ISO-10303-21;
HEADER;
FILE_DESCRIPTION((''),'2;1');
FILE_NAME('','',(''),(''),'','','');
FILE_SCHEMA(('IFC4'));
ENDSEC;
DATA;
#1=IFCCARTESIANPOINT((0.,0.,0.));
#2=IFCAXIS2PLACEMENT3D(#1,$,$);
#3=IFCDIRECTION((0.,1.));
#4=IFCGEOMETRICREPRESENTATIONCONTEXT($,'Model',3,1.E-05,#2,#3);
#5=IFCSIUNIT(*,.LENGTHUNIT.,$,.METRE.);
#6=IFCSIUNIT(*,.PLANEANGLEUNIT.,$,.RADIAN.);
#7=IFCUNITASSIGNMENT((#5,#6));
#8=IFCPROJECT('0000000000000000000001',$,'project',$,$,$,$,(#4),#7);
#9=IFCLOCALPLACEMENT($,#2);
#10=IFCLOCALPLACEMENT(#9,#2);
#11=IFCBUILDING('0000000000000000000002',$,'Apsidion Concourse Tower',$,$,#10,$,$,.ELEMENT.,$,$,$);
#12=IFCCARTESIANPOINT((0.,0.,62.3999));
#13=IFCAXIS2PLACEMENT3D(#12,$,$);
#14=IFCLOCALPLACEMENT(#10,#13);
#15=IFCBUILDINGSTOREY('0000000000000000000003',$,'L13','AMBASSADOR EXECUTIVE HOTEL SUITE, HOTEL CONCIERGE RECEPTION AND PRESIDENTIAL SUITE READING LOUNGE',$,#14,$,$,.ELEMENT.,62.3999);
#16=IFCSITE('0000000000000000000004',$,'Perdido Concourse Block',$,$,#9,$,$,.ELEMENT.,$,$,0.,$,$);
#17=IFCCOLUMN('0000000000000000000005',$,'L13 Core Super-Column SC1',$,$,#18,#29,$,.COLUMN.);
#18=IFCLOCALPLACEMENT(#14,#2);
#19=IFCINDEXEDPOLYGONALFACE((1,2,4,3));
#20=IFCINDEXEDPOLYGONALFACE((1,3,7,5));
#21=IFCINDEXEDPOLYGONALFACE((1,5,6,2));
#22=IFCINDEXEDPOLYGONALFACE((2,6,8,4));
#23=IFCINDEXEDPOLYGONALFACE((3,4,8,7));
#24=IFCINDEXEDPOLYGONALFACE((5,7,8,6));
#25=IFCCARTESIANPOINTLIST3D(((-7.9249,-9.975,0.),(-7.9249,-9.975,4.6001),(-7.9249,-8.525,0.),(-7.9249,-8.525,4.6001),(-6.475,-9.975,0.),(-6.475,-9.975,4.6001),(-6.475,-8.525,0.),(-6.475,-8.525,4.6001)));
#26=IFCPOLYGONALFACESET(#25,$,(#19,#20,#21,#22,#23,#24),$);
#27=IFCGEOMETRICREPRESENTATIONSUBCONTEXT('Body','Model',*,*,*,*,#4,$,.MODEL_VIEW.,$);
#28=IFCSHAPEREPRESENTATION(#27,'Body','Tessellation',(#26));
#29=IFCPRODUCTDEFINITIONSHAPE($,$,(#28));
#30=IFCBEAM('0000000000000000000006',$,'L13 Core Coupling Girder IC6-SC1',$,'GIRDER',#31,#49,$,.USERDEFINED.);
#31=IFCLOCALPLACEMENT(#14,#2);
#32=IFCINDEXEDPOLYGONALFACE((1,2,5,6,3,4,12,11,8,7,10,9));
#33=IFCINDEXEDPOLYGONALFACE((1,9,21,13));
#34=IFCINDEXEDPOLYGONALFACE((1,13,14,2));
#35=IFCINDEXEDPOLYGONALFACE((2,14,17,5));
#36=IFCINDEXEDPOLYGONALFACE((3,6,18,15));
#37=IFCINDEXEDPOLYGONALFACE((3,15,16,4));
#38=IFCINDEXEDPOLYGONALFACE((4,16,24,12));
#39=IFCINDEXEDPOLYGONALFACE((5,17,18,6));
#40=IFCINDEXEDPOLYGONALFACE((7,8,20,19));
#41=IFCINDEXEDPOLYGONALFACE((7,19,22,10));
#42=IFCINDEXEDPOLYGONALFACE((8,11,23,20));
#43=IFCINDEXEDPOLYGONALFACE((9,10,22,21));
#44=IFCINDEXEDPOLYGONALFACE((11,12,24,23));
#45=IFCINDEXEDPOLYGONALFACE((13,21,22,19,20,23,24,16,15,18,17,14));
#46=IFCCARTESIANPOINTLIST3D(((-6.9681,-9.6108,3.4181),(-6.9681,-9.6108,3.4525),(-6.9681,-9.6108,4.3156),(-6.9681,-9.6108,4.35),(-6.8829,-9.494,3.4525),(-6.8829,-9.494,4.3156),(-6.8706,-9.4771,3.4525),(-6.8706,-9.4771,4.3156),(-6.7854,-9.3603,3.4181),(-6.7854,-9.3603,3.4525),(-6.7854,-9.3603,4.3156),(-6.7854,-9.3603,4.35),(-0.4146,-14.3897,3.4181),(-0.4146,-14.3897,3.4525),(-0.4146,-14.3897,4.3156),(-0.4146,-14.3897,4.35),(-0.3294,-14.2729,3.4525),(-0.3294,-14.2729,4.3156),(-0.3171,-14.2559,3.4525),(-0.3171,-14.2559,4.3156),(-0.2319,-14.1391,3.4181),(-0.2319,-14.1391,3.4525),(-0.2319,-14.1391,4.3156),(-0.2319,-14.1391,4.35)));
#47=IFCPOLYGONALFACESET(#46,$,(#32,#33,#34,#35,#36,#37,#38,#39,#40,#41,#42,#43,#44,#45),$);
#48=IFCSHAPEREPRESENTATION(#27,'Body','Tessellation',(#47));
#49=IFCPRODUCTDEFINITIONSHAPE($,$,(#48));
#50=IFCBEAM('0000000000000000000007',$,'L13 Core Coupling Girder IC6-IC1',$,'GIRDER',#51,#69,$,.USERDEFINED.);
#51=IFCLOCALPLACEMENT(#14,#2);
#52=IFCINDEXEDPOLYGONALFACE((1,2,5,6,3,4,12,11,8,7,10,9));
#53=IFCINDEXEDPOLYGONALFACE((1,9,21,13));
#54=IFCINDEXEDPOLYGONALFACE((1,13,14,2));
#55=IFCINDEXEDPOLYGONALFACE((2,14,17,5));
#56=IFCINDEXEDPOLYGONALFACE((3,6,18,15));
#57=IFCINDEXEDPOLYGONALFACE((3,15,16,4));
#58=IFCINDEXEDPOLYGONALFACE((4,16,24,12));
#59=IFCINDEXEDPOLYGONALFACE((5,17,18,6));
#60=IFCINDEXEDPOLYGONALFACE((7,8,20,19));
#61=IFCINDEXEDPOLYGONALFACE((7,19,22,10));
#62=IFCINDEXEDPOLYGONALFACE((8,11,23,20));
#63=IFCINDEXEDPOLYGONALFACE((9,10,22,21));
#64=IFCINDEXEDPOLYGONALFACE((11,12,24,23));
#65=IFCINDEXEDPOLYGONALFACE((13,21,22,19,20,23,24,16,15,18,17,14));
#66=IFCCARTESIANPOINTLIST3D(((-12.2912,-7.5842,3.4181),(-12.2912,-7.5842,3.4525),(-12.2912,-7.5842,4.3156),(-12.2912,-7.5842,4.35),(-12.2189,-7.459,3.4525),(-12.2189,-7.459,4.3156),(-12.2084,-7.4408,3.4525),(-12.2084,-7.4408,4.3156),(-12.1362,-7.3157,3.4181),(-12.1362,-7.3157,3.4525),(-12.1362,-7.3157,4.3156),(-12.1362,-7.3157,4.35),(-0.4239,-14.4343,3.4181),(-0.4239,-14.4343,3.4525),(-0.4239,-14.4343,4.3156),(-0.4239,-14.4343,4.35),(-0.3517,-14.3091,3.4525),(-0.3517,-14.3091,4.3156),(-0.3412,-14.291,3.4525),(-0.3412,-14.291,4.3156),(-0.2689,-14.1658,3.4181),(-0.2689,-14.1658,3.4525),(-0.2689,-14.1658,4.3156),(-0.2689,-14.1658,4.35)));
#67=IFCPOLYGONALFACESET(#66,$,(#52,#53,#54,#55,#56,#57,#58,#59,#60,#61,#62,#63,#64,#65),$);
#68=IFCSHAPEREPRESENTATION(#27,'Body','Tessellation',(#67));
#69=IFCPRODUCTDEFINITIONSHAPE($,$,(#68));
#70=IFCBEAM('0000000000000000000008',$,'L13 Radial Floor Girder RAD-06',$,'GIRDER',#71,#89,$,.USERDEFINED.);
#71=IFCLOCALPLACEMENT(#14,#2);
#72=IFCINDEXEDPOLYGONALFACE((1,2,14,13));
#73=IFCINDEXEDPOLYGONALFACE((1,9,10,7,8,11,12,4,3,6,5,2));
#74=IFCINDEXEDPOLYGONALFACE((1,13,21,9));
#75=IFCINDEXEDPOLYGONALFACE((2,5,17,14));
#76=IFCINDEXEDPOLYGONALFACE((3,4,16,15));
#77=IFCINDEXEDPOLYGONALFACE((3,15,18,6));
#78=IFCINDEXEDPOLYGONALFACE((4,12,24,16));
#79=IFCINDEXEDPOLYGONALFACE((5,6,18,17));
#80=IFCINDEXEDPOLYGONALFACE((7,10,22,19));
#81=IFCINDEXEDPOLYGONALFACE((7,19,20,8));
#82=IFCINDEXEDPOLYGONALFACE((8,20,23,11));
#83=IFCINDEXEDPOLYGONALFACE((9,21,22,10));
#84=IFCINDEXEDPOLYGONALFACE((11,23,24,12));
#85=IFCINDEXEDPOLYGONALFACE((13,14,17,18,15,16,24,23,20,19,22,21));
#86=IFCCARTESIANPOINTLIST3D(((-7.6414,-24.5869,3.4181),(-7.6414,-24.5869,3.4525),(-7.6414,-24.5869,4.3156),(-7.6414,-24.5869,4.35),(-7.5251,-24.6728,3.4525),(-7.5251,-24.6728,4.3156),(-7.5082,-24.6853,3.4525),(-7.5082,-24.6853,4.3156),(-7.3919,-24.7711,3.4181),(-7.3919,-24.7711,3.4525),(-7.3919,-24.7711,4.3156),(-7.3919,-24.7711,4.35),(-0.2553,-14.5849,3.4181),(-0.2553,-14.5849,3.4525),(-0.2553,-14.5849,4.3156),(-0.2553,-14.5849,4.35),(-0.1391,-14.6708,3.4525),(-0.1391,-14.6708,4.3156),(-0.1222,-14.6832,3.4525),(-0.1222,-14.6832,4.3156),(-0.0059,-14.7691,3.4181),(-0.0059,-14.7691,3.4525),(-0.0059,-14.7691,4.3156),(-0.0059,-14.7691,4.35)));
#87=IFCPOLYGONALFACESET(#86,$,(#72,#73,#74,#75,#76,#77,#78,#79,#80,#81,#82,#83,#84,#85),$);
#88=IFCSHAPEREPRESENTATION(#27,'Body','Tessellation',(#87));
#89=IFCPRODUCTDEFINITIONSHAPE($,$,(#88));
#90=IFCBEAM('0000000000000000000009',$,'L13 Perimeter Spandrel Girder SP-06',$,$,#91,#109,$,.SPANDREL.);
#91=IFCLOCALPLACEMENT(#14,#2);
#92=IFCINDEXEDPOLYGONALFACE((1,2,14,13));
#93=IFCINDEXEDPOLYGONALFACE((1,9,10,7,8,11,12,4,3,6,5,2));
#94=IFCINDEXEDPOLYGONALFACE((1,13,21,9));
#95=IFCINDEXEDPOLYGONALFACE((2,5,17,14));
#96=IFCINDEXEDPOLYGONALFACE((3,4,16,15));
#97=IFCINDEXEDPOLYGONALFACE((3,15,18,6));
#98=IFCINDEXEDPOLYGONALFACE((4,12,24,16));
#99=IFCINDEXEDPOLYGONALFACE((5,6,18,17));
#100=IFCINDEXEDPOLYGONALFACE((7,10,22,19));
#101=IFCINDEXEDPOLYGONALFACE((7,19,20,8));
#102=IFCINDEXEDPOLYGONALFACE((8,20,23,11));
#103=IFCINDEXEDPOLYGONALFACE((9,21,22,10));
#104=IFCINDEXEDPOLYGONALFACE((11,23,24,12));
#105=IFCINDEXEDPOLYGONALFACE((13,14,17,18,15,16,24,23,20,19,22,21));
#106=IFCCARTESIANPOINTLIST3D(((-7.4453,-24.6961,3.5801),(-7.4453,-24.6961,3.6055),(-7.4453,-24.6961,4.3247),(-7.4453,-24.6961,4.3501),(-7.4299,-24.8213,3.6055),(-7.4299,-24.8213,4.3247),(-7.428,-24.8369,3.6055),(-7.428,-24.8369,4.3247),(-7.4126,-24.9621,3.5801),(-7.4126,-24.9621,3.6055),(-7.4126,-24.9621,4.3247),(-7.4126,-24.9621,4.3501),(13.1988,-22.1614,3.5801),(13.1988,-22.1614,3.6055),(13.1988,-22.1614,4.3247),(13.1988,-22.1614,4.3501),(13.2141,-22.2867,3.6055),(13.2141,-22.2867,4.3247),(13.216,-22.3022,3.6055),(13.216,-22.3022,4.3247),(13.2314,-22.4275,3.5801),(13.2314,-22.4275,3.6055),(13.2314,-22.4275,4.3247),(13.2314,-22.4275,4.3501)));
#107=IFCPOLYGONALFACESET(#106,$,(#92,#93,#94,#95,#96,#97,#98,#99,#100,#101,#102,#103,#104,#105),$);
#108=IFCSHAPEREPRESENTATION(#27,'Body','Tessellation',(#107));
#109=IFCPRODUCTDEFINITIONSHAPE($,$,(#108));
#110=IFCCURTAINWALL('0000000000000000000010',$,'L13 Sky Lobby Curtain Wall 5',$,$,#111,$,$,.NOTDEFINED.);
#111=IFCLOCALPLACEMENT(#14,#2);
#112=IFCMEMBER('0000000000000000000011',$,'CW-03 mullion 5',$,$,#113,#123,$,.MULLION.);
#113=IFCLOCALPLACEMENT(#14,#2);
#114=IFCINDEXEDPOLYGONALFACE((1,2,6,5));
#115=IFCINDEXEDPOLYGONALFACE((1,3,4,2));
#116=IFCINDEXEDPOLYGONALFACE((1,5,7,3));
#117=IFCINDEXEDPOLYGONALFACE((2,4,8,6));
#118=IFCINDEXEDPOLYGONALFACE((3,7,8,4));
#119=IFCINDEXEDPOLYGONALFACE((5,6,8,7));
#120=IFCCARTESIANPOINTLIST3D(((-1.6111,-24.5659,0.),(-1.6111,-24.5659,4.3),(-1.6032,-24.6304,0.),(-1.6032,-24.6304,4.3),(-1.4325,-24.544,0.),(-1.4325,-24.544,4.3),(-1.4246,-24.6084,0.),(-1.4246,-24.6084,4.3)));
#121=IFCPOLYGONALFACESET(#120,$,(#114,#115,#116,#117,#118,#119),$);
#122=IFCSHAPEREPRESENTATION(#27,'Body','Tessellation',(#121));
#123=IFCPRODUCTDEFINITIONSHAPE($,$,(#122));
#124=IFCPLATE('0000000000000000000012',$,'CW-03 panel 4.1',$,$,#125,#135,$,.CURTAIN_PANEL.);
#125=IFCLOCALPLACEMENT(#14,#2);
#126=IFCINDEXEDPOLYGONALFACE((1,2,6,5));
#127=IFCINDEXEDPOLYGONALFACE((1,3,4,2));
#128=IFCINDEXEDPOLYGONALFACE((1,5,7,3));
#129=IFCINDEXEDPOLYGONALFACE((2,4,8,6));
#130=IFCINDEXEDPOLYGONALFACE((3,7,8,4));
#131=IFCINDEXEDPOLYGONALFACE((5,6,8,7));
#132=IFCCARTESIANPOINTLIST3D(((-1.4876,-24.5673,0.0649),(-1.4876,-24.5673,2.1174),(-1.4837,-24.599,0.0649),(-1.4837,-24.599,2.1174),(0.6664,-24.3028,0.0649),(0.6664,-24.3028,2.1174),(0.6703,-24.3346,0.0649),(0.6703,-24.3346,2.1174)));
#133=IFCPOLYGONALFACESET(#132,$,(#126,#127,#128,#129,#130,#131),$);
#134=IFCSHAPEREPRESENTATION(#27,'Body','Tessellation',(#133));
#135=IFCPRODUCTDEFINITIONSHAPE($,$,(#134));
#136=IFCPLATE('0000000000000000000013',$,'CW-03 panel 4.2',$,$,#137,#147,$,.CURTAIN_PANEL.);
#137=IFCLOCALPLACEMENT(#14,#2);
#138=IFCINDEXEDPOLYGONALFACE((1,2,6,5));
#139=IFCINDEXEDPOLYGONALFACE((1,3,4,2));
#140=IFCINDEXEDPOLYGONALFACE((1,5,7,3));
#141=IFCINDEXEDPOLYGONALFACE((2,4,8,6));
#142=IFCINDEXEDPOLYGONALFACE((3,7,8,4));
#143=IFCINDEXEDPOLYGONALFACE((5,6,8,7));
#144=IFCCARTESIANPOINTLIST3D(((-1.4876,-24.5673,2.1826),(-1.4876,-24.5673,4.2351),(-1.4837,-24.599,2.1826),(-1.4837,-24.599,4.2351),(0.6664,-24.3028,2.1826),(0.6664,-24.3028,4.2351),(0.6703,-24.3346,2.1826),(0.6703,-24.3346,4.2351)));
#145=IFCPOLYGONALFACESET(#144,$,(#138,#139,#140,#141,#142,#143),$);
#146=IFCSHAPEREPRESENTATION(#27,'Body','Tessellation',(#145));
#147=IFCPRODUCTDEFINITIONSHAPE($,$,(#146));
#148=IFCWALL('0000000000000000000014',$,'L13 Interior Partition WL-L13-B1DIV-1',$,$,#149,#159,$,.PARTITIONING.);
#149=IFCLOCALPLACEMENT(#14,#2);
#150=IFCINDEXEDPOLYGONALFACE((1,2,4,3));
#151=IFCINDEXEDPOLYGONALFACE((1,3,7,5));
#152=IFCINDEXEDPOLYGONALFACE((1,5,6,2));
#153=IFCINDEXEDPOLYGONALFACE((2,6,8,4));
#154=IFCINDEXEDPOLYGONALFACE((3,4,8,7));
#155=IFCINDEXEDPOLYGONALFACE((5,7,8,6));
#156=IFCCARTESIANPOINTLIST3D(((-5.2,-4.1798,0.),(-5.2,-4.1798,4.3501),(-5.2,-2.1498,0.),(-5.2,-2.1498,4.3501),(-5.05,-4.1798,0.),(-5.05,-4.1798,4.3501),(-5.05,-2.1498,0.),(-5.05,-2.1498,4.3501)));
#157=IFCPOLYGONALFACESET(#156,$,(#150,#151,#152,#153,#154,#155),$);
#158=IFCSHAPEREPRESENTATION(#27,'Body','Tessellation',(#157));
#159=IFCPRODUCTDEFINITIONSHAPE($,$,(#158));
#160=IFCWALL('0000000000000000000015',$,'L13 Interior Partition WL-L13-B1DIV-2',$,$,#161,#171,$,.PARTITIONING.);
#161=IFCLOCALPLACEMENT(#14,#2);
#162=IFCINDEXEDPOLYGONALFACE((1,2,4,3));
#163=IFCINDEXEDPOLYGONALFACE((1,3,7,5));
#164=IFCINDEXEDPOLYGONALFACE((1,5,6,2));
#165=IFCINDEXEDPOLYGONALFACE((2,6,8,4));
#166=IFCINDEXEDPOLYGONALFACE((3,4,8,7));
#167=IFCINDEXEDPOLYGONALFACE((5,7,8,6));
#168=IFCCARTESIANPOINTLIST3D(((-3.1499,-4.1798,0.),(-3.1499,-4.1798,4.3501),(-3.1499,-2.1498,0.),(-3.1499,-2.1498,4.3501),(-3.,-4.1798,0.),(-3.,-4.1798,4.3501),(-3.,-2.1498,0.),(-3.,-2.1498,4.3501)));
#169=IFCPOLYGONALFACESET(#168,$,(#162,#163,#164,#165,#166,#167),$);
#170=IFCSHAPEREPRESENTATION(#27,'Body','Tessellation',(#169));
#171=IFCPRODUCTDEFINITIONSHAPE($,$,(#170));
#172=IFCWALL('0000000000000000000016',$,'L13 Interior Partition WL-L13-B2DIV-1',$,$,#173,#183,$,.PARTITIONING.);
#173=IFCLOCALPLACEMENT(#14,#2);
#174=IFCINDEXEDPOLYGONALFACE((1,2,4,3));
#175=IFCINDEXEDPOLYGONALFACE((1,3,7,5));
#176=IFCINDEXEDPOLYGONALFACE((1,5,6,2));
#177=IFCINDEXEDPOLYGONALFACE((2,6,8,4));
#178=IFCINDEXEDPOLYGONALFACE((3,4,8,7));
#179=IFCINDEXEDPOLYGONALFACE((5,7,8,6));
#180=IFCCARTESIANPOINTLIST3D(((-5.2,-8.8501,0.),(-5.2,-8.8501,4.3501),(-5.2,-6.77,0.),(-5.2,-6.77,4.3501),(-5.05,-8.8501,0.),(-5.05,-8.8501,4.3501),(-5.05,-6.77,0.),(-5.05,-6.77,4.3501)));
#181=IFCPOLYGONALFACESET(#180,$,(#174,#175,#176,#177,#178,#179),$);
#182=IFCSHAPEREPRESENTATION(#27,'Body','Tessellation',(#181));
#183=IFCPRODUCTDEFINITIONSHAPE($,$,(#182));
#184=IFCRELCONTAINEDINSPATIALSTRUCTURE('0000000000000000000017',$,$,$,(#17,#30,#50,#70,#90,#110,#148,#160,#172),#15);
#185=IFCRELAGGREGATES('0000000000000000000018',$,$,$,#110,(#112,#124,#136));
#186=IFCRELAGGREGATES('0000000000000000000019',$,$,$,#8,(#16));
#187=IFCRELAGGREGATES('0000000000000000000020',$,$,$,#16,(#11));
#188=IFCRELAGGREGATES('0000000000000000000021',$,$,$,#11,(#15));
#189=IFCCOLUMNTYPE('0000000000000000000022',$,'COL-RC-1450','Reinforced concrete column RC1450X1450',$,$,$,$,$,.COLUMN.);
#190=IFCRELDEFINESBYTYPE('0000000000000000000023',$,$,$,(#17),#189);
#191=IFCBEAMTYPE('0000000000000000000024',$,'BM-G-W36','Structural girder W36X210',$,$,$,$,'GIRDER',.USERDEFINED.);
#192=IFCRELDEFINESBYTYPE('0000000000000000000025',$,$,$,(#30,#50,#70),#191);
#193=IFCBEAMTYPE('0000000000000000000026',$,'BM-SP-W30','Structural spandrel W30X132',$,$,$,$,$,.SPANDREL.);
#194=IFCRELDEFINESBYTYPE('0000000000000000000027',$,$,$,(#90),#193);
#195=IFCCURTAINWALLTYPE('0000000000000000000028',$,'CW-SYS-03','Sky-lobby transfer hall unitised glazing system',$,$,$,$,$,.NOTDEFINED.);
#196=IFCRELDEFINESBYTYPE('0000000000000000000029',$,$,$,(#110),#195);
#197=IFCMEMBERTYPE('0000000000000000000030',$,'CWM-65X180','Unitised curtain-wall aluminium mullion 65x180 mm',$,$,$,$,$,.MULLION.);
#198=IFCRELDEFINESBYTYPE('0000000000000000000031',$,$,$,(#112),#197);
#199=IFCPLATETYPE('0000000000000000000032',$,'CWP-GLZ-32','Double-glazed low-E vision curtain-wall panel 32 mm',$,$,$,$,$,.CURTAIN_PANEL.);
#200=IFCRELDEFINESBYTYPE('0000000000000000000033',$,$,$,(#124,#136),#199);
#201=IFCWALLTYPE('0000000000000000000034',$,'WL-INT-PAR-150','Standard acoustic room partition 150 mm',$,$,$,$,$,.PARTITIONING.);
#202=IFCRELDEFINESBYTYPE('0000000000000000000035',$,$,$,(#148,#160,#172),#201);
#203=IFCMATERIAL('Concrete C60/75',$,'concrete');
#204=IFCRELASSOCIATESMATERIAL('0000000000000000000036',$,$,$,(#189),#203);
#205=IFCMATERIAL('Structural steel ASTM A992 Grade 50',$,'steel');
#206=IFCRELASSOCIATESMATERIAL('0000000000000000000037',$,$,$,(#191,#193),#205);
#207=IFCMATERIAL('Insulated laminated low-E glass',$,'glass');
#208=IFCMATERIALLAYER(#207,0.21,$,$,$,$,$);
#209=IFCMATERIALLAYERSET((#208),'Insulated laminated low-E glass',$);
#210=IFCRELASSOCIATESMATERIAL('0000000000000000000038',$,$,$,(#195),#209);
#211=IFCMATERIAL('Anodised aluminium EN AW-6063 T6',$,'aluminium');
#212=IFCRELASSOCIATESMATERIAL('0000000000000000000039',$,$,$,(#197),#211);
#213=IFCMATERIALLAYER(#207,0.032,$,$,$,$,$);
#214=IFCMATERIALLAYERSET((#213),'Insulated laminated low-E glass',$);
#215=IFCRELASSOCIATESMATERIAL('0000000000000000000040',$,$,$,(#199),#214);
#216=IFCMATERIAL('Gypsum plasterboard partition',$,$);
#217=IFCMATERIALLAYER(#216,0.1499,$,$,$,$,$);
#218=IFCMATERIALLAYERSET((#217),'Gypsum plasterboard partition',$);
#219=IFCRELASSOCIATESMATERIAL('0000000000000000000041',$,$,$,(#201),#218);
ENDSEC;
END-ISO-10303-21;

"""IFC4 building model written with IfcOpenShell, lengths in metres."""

from ifc_helpers import new_model, si_unit, direction, frame, frame_2d, origin, origin_2d, place, context, subcontext, project, spatial, rectangle, i_section, extrude, material, layer, layer_set, material_profile, profile_set, type_object, element, aggregate, save


model = new_model("IFC4")

# Units and contexts
model_context = context("Model", 3, precision=1e-05, world=origin(), true_north=direction((0.0, 1.0)))
body_context = subcontext(model_context, "Body", "Model", "MODEL_VIEW")
ifc_project = project(units=[si_unit("LENGTHUNIT", "METRE"), si_unit("PLANEANGLEUNIT", "RADIAN")], contexts=[model_context])

# Site, building, storey
site_placement = place(None, origin())
site = spatial("IfcSite", under=ifc_project, at=site_placement, Name="Perdido Concourse Block", CompositionType="ELEMENT", RefElevation=0.0)
building_placement = place(site_placement, origin())
building = spatial("IfcBuilding", under=site, at=building_placement, Name="Apsidion Concourse Tower", CompositionType="ELEMENT")
storey_placement = place(building_placement, frame((0.0, 0.0, 62.3999)))
storey = spatial("IfcBuildingStorey", under=building, at=storey_placement, Name="L13", Description="AMBASSADOR EXECUTIVE HOTEL SUITE, HOTEL CONCIERGE RECEPTION AND PRESIDENTIAL SUITE READING LOUNGE", CompositionType="ELEMENT", Elevation=62.3999)

# Column
ifc_material_1 = material(Name="Concrete C60/75", Category="concrete")
ifc_material_profile_1 = material_profile(ifc_material_1, rectangle(XDim=1.45, YDim=1.45, at=origin_2d()), Name="RC 1450x1450")
ifc_profile_set_1 = profile_set([ifc_material_profile_1], Name="Concrete C60/75")
column_type = type_object("IfcColumnType", Name="COL-RC-1450", Description="Reinforced concrete column RC1450X1450", PredefinedType="COLUMN", material=ifc_profile_set_1)
column_placement = place(storey_placement, frame((-7.2, -9.25, 0.0), z_axis=(0.0, 0.0, 1.0), x_axis=(1.0, 0.0, 0.0)))
element("IfcColumn", 1, at=column_placement, inside=storey, type_object=column_type, Name="L13 Core Super-Column SC1", PredefinedType="COLUMN", context=body_context, shape_type="SweptSolid", body=[
    extrude(rectangle(XDim=1.45, YDim=1.45, at=origin_2d()), origin(), (0.0, 0.0, 1.0), 4.6001),
])

# Beams
ifc_material_2 = material(Name="Structural steel ASTM A992 Grade 50", Category="steel")
ifc_material_profile_2 = material_profile(ifc_material_2, i_section(OverallWidth=0.3101, OverallDepth=0.9319, WebThickness=0.021, FlangeThickness=0.0344, at=origin_2d()), Name="W36X210")
ifc_profile_set_2 = profile_set([ifc_material_profile_2], Name="Structural steel ASTM A992 Grade 50")
beam_type_1 = type_object("IfcBeamType", Name="BM-G-W36", Description="Structural girder W36X210", ElementType="GIRDER", PredefinedType="USERDEFINED", material=ifc_profile_set_2)
beam_1_placement = place(storey_placement, frame((-0.3232, -14.2644, 3.884), z_axis=(-0.807993, 0.589191, 0.0), x_axis=(-0.589191, -0.807993, 0.0)))
element("IfcBeam", 2, at=beam_1_placement, inside=storey, type_object=beam_type_1, Name="L13 Core Coupling Girder IC6-SC1", ObjectType="GIRDER", PredefinedType="USERDEFINED", context=body_context, shape_type="SweptSolid", body=[
    extrude(i_section(OverallWidth=0.3101, OverallDepth=0.9319, WebThickness=0.021, FlangeThickness=0.0344, at=origin_2d()), origin(), (0.0, 0.0, 1.0), 8.1108),
])
beam_2_placement = place(storey_placement, frame((-0.3464, -14.3, 3.884), z_axis=(-0.86607, 0.499922, 0.0), x_axis=(-0.499922, -0.86607, 0.0)))
element("IfcBeam", 3, at=beam_2_placement, inside=storey, type_object=beam_type_1, Name="L13 Core Coupling Girder IC6-IC1", ObjectType="GIRDER", PredefinedType="USERDEFINED", context=body_context, shape_type="SweptSolid", body=[
    extrude(i_section(OverallWidth=0.3101, OverallDepth=0.9319, WebThickness=0.021, FlangeThickness=0.0344, at=origin_2d()), origin(), (0.0, 0.0, 1.0), 13.7024),
])
beam_3_placement = place(storey_placement, frame((-0.1306, -14.677, 3.884), z_axis=(-0.594039, -0.804436, 0.0), x_axis=(0.804436, -0.594039, 0.0)))
element("IfcBeam", 4, at=beam_3_placement, inside=storey, type_object=beam_type_1, Name="L13 Radial Floor Girder RAD-06", ObjectType="GIRDER", PredefinedType="USERDEFINED", context=body_context, shape_type="SweptSolid", body=[
    extrude(i_section(OverallWidth=0.3101, OverallDepth=0.9319, WebThickness=0.021, FlangeThickness=0.0344, at=origin_2d()), origin(), (0.0, 0.0, 1.0), 12.4336),
])
ifc_material_profile_3 = material_profile(ifc_material_2, i_section(OverallWidth=0.2681, OverallDepth=0.77, WebThickness=0.0156, FlangeThickness=0.0254, at=origin_2d()), Name="W30X132")
ifc_profile_set_3 = profile_set([ifc_material_profile_3], Name="Structural steel ASTM A992 Grade 50")
beam_type_2 = type_object("IfcBeamType", Name="BM-SP-W30", Description="Structural spandrel W30X132", PredefinedType="SPANDREL", material=ifc_profile_set_3)
beam_4_placement = place(storey_placement, frame((-7.429, -24.8291, 3.9651), z_axis=(0.992547, 0.121865, 0.0), x_axis=(-0.121865, 0.992547, 0.0)))
element("IfcBeam", 5, at=beam_4_placement, inside=storey, type_object=beam_type_2, Name="L13 Perimeter Spandrel Girder SP-06", PredefinedType="SPANDREL", context=body_context, shape_type="SweptSolid", body=[
    extrude(i_section(OverallWidth=0.2681, OverallDepth=0.77, WebThickness=0.0156, FlangeThickness=0.0254, at=origin_2d()), origin(), (0.0, 0.0, 1.0), 20.7991),
])

# Curtain wall, member, plates
ifc_material_3 = material(Name="Insulated laminated low-E glass", Category="glass")
ifc_layer_1 = layer(ifc_material_3, 0.21)
ifc_layer_set_1 = layer_set([ifc_layer_1], Name="Insulated laminated low-E glass")
curtain_wall_type = type_object("IfcCurtainWallType", Name="CW-SYS-03", Description="Sky-lobby transfer hall unitised glazing system", PredefinedType="NOTDEFINED", material=ifc_layer_set_1)
curtain_wall_placement = place(storey_placement, origin())
curtain_wall = element("IfcCurtainWall", 6, at=curtain_wall_placement, inside=storey, type_object=curtain_wall_type, Name="L13 Sky Lobby Curtain Wall 5", PredefinedType="NOTDEFINED")
ifc_material_4 = material(Name="Anodised aluminium EN AW-6063 T6", Category="aluminium")
ifc_material_profile_4 = material_profile(ifc_material_4, rectangle(XDim=0.0649, YDim=0.1799, at=origin_2d()), Name="ALU MULLION 65x180")
ifc_profile_set_4 = profile_set([ifc_material_profile_4], Name="Anodised aluminium EN AW-6063 T6")
member_type = type_object("IfcMemberType", Name="CWM-65X180", Description="Unitised curtain-wall aluminium mullion 65x180 mm", PredefinedType="MULLION", material=ifc_profile_set_4)
member_placement = place(storey_placement, frame((-1.5178, -24.5872, 0.0), z_axis=(0.0, 0.0, 1.0), x_axis=(0.121872, -0.992546, 0.0)))
member = element("IfcMember", 7, at=member_placement, type_object=member_type, Name="CW-03 mullion 5", PredefinedType="MULLION", context=body_context, shape_type="SweptSolid", body=[
    extrude(rectangle(XDim=0.0649, YDim=0.1799, at=origin_2d()), origin(), (0.0, 0.0, 1.0), 4.3),
])
ifc_layer_2 = layer(ifc_material_3, 0.032)
ifc_layer_set_2 = layer_set([ifc_layer_2], Name="Insulated laminated low-E glass")
plate_type = type_object("IfcPlateType", Name="CWP-GLZ-32", Description="Double-glazed low-E vision curtain-wall panel 32 mm", PredefinedType="CURTAIN_PANEL", material=ifc_layer_set_2)
plate_1_placement = place(storey_placement, frame((-0.4087, -24.4509, 0.0649), z_axis=(0.0, 0.0, 1.0), x_axis=(-0.992546, -0.121872, 0.0)))
plate_1 = element("IfcPlate", 8, at=plate_1_placement, type_object=plate_type, Name="CW-03 panel 4.1", PredefinedType="CURTAIN_PANEL", context=body_context, shape_type="SweptSolid", body=[
    extrude(rectangle(XDim=2.1702, YDim=0.032, at=origin_2d()), origin(), (0.0, 0.0, 1.0), 2.0525),
])
plate_2_placement = place(storey_placement, frame((-0.4087, -24.4509, 2.1826), z_axis=(0.0, 0.0, 1.0), x_axis=(-0.992546, -0.121872, 0.0)))
plate_2 = element("IfcPlate", 9, at=plate_2_placement, type_object=plate_type, Name="CW-03 panel 4.2", PredefinedType="CURTAIN_PANEL", context=body_context, shape_type="SweptSolid", body=[
    extrude(rectangle(XDim=2.1702, YDim=0.032, at=origin_2d()), origin(), (0.0, 0.0, 1.0), 2.0525),
])
aggregate(curtain_wall, [member, plate_1, plate_2])

# Walls
ifc_material_5 = material(Name="Gypsum plasterboard partition")
ifc_layer_3 = layer(ifc_material_5, 0.1499)
ifc_layer_set_3 = layer_set([ifc_layer_3], Name="Gypsum plasterboard partition")
wall_type_1 = type_object("IfcWallType", Name="WL-INT-PAR-150", Description="Standard acoustic room partition 150 mm", PredefinedType="PARTITIONING", material=ifc_layer_set_3)
for number, where, z_axis, x_axis, name in (
    (10, (-5.125, -4.1799, 0.0), (0.0, 0.0, 1.0), (0.0, 1.0, 0.0), "L13 Interior Partition WL-L13-B1DIV-1"),
    (11, (-3.075, -4.1799, 0.0), (0.0, 0.0, 1.0), (0.0, 1.0, 0.0), "L13 Interior Partition WL-L13-B1DIV-2"),
):
    element("IfcWall", number, at=place(storey_placement, frame(where, z_axis=z_axis, x_axis=x_axis)), inside=storey, type_object=wall_type_1, Name=name, PredefinedType="PARTITIONING", context=body_context, shape_type="SweptSolid", body=[
        extrude(rectangle(XDim=2.03, YDim=0.1499, at=frame_2d((1.0151, 0.0))), origin(), (0.0, 0.0, 1.0), 4.3501),
    ])
for number, where, z_axis, x_axis, name in (
    (12, (-5.125, -8.8501, 0.0), (0.0, 0.0, 1.0), (0.0, 1.0, 0.0), "L13 Interior Partition WL-L13-B2DIV-1"),
):
    element("IfcWall", number, at=place(storey_placement, frame(where, z_axis=z_axis, x_axis=x_axis)), inside=storey, type_object=wall_type_1, Name=name, PredefinedType="PARTITIONING", context=body_context, shape_type="SweptSolid", body=[
        extrude(rectangle(XDim=2.0801, YDim=0.1499, at=frame_2d((1.04, 0.0))), origin(), (0.0, 0.0, 1.0), 4.3501),
    ])

save(model, "model.ifc")
